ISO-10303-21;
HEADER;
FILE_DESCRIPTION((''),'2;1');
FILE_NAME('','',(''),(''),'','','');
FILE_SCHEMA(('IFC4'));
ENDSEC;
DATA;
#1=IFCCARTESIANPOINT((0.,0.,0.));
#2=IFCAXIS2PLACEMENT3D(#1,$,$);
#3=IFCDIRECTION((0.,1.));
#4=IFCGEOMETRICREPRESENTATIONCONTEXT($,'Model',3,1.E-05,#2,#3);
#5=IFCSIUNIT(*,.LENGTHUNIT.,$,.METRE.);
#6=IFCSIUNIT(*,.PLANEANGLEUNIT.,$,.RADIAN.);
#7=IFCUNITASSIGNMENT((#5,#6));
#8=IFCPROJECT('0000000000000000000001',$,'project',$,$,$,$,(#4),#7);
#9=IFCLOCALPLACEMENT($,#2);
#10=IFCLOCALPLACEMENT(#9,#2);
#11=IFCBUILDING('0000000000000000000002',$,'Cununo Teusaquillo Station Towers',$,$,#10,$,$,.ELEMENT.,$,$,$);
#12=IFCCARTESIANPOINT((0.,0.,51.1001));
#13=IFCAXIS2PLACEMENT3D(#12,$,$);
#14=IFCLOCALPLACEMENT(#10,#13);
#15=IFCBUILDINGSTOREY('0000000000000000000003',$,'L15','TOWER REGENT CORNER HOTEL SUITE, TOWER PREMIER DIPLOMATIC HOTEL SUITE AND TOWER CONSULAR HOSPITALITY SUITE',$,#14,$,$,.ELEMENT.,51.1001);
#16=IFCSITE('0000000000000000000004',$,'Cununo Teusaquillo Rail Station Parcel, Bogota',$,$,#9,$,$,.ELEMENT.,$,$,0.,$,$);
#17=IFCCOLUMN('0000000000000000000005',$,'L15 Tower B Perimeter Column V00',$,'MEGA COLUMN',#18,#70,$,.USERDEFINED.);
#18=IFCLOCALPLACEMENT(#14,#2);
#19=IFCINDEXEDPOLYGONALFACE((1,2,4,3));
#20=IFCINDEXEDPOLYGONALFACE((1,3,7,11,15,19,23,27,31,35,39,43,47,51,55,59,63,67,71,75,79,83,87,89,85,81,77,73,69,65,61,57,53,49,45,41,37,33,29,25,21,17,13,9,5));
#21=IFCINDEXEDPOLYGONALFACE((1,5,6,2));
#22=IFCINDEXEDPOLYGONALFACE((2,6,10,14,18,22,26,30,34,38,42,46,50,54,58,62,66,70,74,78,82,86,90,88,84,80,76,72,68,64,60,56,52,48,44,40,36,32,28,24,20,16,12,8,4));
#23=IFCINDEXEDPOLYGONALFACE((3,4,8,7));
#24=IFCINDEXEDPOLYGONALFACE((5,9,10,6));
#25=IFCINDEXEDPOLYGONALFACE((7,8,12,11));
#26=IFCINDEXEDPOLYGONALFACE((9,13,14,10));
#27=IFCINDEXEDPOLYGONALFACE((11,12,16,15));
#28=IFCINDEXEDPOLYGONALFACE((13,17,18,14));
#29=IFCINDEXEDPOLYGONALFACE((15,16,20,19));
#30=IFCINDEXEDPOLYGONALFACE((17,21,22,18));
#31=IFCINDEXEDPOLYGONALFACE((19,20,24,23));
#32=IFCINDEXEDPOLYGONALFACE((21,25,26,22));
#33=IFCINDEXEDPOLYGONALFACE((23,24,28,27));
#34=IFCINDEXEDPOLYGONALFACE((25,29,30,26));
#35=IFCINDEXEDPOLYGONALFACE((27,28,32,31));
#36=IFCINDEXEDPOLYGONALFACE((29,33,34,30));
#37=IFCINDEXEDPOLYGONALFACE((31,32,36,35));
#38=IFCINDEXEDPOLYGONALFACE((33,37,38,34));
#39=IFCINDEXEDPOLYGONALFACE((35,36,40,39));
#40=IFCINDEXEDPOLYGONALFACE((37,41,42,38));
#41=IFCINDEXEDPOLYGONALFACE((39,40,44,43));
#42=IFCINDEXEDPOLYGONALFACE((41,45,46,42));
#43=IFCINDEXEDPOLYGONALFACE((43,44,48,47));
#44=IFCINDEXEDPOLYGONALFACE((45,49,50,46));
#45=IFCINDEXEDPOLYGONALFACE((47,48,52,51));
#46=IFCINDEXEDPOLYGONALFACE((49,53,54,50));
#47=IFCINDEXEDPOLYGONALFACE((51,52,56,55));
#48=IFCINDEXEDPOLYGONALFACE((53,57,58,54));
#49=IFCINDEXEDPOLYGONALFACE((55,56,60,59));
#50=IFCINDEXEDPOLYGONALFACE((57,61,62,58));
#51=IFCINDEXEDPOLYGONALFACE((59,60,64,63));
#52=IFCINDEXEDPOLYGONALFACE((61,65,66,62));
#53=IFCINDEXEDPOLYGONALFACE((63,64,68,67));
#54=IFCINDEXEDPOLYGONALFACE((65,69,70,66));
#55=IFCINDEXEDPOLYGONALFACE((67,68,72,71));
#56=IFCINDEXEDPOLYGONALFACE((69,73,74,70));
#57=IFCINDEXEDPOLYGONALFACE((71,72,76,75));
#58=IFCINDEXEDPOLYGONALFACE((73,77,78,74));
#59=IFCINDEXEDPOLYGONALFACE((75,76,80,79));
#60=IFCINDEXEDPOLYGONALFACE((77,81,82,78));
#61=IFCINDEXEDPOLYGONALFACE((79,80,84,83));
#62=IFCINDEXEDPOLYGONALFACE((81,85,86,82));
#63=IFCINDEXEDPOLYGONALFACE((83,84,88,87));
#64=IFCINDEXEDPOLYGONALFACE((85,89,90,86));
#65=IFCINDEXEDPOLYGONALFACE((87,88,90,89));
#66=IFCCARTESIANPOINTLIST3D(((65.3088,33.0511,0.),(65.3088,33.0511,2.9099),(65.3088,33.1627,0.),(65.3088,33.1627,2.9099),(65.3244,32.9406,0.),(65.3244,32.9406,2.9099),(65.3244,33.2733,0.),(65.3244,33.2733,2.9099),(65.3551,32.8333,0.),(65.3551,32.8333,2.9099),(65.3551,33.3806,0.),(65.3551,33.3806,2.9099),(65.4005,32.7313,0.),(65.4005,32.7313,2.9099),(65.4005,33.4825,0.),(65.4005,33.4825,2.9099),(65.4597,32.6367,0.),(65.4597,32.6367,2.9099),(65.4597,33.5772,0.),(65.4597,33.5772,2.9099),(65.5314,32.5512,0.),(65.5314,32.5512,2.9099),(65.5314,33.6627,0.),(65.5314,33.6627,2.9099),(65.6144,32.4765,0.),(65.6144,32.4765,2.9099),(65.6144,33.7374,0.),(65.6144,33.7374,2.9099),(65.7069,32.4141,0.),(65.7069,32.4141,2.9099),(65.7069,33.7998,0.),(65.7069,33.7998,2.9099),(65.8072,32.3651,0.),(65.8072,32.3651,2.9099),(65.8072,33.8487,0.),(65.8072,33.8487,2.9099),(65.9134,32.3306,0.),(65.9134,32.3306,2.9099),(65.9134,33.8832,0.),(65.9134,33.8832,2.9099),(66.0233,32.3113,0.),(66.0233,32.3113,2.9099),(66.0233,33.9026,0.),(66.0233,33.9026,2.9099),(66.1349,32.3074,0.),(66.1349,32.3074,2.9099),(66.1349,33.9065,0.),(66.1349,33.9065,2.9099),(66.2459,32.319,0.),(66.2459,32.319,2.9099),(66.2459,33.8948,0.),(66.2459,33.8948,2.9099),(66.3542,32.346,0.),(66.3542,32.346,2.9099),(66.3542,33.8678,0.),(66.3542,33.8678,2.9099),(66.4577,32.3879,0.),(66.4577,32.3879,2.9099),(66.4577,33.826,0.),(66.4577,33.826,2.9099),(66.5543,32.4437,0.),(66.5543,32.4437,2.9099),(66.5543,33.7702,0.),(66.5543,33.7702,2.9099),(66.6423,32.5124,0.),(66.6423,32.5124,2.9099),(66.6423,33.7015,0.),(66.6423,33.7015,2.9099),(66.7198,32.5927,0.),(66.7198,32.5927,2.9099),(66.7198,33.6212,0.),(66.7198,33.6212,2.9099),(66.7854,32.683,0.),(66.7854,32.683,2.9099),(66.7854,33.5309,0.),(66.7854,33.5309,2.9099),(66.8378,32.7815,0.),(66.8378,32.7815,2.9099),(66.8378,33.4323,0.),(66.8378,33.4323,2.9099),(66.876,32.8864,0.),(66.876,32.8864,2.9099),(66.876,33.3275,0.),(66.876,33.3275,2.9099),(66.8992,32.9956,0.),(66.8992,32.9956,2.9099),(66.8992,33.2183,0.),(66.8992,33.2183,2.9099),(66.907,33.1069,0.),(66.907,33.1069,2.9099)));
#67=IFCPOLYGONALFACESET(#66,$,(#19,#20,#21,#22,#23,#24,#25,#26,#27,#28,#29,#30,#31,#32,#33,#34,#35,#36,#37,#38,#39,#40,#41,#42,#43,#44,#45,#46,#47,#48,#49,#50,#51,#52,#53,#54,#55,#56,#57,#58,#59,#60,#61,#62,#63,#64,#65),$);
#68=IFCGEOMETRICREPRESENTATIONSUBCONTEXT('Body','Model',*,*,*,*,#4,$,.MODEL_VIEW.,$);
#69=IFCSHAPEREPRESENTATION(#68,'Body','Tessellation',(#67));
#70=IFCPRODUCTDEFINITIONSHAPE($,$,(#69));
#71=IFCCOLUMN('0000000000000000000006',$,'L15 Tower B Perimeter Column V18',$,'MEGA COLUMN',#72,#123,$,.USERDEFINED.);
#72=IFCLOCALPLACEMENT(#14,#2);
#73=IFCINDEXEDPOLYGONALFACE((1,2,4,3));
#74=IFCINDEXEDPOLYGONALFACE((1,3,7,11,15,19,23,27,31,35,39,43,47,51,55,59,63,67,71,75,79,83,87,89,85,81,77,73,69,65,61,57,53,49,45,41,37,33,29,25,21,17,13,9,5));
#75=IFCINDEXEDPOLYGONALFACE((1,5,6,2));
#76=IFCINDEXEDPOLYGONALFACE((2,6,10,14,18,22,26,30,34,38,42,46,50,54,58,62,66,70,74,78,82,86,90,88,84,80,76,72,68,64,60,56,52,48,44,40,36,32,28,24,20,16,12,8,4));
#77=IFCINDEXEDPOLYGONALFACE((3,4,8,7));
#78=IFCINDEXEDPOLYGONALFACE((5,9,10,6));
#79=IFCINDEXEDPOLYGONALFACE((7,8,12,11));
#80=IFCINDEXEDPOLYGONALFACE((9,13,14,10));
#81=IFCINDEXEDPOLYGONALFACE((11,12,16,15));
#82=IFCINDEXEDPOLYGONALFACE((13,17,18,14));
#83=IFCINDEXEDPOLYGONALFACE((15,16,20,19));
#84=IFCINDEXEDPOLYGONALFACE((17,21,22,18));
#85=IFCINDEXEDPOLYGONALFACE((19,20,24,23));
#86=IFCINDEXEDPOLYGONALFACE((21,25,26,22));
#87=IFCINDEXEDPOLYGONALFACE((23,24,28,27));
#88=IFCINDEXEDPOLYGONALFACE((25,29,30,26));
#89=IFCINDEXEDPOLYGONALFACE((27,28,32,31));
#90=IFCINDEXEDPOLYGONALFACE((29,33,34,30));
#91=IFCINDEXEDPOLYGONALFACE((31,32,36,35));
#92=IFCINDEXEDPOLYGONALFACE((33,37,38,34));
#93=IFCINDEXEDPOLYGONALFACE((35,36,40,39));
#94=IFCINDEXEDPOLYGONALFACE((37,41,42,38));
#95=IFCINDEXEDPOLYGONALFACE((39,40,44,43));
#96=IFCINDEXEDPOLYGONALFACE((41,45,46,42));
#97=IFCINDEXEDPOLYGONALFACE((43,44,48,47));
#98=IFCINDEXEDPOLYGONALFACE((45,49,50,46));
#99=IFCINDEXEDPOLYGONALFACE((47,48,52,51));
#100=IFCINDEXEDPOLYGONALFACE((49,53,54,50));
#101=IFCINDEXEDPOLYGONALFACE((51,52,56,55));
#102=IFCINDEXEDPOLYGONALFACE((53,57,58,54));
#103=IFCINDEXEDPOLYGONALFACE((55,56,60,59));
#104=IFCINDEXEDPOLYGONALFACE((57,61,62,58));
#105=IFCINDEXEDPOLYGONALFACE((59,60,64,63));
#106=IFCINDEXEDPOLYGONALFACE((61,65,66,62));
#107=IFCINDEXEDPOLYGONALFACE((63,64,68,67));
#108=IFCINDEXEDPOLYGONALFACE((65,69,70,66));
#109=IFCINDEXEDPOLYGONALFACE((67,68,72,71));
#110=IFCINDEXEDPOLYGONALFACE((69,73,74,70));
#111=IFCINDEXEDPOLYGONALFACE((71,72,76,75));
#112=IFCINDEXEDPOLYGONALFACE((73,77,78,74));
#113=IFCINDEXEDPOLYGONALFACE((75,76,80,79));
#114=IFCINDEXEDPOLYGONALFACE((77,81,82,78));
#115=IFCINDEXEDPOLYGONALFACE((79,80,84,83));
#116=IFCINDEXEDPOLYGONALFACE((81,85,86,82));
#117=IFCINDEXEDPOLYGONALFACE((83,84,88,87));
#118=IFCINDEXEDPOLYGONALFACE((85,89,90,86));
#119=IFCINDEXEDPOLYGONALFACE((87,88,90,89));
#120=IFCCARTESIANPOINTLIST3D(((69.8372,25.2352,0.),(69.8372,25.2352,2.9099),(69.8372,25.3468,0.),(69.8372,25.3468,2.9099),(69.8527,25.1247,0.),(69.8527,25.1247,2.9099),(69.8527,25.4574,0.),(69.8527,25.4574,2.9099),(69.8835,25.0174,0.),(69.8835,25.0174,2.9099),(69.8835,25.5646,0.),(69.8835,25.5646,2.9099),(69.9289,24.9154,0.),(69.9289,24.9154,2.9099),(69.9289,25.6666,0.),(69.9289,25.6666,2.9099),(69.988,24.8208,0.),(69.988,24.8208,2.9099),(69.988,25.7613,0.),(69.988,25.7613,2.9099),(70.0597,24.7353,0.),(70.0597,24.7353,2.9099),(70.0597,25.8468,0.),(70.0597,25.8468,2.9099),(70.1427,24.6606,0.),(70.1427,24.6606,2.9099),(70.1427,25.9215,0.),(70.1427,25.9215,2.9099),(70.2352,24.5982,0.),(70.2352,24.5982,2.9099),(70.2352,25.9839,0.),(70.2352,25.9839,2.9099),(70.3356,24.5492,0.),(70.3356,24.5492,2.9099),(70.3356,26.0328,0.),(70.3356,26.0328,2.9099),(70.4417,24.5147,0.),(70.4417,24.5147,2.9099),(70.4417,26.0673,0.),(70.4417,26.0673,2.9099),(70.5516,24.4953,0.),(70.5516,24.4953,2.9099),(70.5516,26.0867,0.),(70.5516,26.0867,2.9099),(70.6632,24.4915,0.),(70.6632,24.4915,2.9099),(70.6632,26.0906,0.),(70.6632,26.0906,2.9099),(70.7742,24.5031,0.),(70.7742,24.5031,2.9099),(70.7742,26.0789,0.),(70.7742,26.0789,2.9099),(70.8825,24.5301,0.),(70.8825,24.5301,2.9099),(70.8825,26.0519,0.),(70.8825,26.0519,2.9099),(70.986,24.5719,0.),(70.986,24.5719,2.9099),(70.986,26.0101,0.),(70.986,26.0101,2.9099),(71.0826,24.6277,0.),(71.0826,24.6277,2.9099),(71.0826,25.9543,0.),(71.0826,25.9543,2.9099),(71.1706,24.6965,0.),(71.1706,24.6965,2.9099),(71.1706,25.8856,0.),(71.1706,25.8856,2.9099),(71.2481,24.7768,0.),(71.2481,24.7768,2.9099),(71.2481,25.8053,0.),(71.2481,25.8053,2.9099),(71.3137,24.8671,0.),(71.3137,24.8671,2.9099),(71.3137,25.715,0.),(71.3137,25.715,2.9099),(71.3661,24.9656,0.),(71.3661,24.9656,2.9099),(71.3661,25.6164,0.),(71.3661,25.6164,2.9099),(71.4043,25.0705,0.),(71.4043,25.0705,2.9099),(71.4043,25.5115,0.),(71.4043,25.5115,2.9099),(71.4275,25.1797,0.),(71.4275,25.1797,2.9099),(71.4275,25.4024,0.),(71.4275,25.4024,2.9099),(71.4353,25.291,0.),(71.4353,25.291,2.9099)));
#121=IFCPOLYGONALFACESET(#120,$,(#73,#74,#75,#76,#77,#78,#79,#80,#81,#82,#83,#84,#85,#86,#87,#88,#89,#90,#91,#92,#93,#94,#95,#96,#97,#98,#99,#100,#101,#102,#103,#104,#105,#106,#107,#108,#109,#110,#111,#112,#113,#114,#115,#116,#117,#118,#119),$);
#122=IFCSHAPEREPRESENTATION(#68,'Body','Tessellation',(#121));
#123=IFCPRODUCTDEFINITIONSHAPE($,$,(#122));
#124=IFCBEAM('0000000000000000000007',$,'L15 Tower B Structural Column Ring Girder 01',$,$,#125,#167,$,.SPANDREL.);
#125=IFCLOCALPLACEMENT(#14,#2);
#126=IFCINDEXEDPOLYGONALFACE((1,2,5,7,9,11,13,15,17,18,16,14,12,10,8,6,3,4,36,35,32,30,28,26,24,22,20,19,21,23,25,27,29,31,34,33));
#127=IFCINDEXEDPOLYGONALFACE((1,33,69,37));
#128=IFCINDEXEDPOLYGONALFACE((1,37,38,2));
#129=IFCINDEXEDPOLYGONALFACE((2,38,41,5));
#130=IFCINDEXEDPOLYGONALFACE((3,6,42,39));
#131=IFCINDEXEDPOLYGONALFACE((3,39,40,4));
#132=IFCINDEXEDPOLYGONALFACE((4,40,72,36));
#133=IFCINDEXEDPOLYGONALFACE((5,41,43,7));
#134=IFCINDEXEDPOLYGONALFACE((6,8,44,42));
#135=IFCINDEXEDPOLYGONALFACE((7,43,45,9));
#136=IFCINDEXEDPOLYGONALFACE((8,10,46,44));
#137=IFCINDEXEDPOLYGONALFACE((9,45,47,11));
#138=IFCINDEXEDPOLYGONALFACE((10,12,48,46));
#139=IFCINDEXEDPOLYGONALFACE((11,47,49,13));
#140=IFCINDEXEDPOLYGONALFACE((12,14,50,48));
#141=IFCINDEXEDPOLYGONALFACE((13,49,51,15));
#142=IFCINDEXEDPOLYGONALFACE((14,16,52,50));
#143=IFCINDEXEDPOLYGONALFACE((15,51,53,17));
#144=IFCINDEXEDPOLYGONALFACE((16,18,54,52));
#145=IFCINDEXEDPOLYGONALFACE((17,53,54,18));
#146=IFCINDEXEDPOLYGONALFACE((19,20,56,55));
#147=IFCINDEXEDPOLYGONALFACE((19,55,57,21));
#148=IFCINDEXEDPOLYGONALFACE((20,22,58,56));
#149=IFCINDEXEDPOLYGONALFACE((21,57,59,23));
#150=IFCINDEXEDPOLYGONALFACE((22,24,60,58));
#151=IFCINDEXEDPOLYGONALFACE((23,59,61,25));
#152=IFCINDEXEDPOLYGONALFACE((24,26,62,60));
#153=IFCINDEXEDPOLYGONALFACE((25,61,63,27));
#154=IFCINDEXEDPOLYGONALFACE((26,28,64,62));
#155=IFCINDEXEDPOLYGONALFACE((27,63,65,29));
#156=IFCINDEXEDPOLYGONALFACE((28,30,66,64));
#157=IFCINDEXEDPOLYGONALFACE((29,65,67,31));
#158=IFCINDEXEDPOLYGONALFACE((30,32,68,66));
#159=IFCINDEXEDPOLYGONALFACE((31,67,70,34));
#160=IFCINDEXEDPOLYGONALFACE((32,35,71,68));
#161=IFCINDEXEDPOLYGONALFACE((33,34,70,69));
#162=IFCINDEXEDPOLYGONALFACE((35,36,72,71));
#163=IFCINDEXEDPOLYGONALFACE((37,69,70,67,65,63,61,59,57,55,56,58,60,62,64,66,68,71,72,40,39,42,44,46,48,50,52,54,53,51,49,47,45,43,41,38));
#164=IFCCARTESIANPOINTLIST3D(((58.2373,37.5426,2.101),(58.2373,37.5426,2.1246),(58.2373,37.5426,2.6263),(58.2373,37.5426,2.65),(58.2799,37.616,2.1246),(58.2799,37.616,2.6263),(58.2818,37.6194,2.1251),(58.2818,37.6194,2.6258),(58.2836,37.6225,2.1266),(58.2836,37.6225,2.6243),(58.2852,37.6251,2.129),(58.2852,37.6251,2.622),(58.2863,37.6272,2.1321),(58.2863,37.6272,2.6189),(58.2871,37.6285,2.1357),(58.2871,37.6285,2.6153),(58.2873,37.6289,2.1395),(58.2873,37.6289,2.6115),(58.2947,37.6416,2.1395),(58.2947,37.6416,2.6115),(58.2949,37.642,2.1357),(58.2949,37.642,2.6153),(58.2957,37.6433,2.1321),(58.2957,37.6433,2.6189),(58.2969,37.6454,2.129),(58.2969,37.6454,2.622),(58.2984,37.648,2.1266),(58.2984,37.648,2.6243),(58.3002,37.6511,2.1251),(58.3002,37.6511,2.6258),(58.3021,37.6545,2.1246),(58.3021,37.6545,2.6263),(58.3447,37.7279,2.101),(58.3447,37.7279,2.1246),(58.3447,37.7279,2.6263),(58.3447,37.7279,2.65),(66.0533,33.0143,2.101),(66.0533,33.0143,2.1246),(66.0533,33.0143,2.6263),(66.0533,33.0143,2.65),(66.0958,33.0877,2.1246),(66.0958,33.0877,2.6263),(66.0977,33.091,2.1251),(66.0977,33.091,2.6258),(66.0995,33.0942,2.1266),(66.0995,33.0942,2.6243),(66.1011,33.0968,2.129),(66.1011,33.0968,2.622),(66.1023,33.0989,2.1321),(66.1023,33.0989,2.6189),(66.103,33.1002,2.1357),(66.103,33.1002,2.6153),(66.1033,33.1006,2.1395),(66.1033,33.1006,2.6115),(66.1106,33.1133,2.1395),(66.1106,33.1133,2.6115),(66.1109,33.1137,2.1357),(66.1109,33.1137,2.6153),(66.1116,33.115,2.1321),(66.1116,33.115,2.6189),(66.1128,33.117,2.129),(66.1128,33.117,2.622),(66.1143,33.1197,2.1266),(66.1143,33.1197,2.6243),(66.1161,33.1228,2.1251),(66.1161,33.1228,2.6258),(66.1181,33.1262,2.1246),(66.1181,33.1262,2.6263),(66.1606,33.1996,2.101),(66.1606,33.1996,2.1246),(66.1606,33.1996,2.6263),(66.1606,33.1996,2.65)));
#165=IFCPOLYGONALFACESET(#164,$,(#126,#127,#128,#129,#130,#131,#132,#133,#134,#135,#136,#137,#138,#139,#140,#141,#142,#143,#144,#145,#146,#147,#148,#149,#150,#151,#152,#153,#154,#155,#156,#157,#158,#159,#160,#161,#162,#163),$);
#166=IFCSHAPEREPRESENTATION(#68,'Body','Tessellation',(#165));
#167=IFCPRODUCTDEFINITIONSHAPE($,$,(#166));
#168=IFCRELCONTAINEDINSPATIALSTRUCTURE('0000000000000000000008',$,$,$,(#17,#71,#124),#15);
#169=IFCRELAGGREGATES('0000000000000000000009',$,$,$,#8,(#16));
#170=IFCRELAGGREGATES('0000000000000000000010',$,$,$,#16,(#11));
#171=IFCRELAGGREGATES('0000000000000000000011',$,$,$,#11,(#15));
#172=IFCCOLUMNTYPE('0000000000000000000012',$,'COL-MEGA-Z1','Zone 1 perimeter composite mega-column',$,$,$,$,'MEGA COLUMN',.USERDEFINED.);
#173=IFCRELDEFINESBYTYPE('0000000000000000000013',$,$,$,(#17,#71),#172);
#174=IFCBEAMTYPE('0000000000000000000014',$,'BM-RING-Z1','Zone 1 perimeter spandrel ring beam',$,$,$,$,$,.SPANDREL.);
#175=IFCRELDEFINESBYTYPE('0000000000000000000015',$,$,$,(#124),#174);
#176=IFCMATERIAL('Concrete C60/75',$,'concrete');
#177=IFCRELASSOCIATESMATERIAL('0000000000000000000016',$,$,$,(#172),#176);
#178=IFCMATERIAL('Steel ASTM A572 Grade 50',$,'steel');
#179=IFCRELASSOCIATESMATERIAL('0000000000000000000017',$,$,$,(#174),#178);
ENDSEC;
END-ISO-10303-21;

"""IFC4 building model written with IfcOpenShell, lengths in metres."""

from ifc_helpers import new_model, si_unit, direction, frame, origin, origin_2d, place, context, subcontext, project, spatial, circle, i_section, extrude, material, material_profile, profile_set, type_object, element, save


model = new_model("IFC4")

# Units and contexts
model_context = context("Model", 3, precision=1e-05, world=origin(), true_north=direction((0.0, 1.0)))
body_context = subcontext(model_context, "Body", "Model", "MODEL_VIEW")
ifc_project = project(units=[si_unit("LENGTHUNIT", "METRE"), si_unit("PLANEANGLEUNIT", "RADIAN")], contexts=[model_context])

# Site, building, storey
site_placement = place(None, origin())
site = spatial("IfcSite", under=ifc_project, at=site_placement, Name="Cununo Teusaquillo Rail Station Parcel, Bogota", CompositionType="ELEMENT", RefElevation=0.0)
building_placement = place(site_placement, origin())
building = spatial("IfcBuilding", under=site, at=building_placement, Name="Cununo Teusaquillo Station Towers", CompositionType="ELEMENT")
storey_placement = place(building_placement, frame((0.0, 0.0, 51.1001)))
storey = spatial("IfcBuildingStorey", under=building, at=storey_placement, Name="L15", Description="TOWER REGENT CORNER HOTEL SUITE, TOWER PREMIER DIPLOMATIC HOTEL SUITE AND TOWER CONSULAR HOSPITALITY SUITE", CompositionType="ELEMENT", Elevation=51.1001)

# Columns
ifc_material_1 = material(Name="Concrete C60/75", Category="concrete")
ifc_material_profile_1 = material_profile(ifc_material_1, circle(Radius=0.8, at=origin_2d()), Name="RC-CIRC-1600")
ifc_profile_set_1 = profile_set([ifc_material_profile_1], Name="Concrete C60/75")
column_type = type_object("IfcColumnType", Name="COL-MEGA-Z1", Description="Zone 1 perimeter composite mega-column", ElementType="MEGA COLUMN", PredefinedType="USERDEFINED", material=ifc_profile_set_1)
for number, where, z_axis, x_axis, name in (
    (1, (66.1069, 33.1069, 0.0), (0.0, 0.0, 1.0), (1.0, 0.0, 0.0), "L15 Tower B Perimeter Column V00"),
    (2, (70.6353, 25.291, 0.0), (0.0, 0.0, 1.0), (1.0, 0.0, 0.0), "L15 Tower B Perimeter Column V18"),
):
    element("IfcColumn", number, at=place(storey_placement, frame(where, z_axis=z_axis, x_axis=x_axis)), inside=storey, type_object=column_type, Name=name, ObjectType="MEGA COLUMN", PredefinedType="USERDEFINED", context=body_context, shape_type="SweptSolid", body=[
        extrude(circle(Radius=0.8, at=origin_2d()), origin(), (0.0, 0.0, 1.0), 2.9099),
    ])

# Beam
ifc_material_2 = material(Name="Steel ASTM A572 Grade 50", Category="steel")
ifc_material_profile_2 = material_profile(ifc_material_2, i_section(OverallWidth=0.2141, OverallDepth=0.5491, WebThickness=0.0146, FlangeThickness=0.0237, FilletRadius=0.0149, at=origin_2d()), Name="W21X93")
ifc_profile_set_2 = profile_set([ifc_material_profile_2], Name="Steel ASTM A572 Grade 50")
beam_type = type_object("IfcBeamType", Name="BM-RING-Z1", Description="Zone 1 perimeter spandrel ring beam", PredefinedType="SPANDREL", material=ifc_profile_set_2)
for number, where, z_axis, x_axis, name in (
    (3, (66.1069, 33.1069, 2.3755), (-0.865267, 0.501311, 0.0), (-0.501311, -0.865267, 0.0), "L15 Tower B Structural Column Ring Girder 01"),
):
    element("IfcBeam", number, at=place(storey_placement, frame(where, z_axis=z_axis, x_axis=x_axis)), inside=storey, type_object=beam_type, Name=name, PredefinedType="SPANDREL", context=body_context, shape_type="SweptSolid", body=[
        extrude(i_section(OverallWidth=0.2141, OverallDepth=0.5491, WebThickness=0.0146, FlangeThickness=0.0237, FilletRadius=0.0149, at=origin_2d()), origin(), (0.0, 0.0, 1.0), 9.033),
    ])

save(model, "model.ifc")
